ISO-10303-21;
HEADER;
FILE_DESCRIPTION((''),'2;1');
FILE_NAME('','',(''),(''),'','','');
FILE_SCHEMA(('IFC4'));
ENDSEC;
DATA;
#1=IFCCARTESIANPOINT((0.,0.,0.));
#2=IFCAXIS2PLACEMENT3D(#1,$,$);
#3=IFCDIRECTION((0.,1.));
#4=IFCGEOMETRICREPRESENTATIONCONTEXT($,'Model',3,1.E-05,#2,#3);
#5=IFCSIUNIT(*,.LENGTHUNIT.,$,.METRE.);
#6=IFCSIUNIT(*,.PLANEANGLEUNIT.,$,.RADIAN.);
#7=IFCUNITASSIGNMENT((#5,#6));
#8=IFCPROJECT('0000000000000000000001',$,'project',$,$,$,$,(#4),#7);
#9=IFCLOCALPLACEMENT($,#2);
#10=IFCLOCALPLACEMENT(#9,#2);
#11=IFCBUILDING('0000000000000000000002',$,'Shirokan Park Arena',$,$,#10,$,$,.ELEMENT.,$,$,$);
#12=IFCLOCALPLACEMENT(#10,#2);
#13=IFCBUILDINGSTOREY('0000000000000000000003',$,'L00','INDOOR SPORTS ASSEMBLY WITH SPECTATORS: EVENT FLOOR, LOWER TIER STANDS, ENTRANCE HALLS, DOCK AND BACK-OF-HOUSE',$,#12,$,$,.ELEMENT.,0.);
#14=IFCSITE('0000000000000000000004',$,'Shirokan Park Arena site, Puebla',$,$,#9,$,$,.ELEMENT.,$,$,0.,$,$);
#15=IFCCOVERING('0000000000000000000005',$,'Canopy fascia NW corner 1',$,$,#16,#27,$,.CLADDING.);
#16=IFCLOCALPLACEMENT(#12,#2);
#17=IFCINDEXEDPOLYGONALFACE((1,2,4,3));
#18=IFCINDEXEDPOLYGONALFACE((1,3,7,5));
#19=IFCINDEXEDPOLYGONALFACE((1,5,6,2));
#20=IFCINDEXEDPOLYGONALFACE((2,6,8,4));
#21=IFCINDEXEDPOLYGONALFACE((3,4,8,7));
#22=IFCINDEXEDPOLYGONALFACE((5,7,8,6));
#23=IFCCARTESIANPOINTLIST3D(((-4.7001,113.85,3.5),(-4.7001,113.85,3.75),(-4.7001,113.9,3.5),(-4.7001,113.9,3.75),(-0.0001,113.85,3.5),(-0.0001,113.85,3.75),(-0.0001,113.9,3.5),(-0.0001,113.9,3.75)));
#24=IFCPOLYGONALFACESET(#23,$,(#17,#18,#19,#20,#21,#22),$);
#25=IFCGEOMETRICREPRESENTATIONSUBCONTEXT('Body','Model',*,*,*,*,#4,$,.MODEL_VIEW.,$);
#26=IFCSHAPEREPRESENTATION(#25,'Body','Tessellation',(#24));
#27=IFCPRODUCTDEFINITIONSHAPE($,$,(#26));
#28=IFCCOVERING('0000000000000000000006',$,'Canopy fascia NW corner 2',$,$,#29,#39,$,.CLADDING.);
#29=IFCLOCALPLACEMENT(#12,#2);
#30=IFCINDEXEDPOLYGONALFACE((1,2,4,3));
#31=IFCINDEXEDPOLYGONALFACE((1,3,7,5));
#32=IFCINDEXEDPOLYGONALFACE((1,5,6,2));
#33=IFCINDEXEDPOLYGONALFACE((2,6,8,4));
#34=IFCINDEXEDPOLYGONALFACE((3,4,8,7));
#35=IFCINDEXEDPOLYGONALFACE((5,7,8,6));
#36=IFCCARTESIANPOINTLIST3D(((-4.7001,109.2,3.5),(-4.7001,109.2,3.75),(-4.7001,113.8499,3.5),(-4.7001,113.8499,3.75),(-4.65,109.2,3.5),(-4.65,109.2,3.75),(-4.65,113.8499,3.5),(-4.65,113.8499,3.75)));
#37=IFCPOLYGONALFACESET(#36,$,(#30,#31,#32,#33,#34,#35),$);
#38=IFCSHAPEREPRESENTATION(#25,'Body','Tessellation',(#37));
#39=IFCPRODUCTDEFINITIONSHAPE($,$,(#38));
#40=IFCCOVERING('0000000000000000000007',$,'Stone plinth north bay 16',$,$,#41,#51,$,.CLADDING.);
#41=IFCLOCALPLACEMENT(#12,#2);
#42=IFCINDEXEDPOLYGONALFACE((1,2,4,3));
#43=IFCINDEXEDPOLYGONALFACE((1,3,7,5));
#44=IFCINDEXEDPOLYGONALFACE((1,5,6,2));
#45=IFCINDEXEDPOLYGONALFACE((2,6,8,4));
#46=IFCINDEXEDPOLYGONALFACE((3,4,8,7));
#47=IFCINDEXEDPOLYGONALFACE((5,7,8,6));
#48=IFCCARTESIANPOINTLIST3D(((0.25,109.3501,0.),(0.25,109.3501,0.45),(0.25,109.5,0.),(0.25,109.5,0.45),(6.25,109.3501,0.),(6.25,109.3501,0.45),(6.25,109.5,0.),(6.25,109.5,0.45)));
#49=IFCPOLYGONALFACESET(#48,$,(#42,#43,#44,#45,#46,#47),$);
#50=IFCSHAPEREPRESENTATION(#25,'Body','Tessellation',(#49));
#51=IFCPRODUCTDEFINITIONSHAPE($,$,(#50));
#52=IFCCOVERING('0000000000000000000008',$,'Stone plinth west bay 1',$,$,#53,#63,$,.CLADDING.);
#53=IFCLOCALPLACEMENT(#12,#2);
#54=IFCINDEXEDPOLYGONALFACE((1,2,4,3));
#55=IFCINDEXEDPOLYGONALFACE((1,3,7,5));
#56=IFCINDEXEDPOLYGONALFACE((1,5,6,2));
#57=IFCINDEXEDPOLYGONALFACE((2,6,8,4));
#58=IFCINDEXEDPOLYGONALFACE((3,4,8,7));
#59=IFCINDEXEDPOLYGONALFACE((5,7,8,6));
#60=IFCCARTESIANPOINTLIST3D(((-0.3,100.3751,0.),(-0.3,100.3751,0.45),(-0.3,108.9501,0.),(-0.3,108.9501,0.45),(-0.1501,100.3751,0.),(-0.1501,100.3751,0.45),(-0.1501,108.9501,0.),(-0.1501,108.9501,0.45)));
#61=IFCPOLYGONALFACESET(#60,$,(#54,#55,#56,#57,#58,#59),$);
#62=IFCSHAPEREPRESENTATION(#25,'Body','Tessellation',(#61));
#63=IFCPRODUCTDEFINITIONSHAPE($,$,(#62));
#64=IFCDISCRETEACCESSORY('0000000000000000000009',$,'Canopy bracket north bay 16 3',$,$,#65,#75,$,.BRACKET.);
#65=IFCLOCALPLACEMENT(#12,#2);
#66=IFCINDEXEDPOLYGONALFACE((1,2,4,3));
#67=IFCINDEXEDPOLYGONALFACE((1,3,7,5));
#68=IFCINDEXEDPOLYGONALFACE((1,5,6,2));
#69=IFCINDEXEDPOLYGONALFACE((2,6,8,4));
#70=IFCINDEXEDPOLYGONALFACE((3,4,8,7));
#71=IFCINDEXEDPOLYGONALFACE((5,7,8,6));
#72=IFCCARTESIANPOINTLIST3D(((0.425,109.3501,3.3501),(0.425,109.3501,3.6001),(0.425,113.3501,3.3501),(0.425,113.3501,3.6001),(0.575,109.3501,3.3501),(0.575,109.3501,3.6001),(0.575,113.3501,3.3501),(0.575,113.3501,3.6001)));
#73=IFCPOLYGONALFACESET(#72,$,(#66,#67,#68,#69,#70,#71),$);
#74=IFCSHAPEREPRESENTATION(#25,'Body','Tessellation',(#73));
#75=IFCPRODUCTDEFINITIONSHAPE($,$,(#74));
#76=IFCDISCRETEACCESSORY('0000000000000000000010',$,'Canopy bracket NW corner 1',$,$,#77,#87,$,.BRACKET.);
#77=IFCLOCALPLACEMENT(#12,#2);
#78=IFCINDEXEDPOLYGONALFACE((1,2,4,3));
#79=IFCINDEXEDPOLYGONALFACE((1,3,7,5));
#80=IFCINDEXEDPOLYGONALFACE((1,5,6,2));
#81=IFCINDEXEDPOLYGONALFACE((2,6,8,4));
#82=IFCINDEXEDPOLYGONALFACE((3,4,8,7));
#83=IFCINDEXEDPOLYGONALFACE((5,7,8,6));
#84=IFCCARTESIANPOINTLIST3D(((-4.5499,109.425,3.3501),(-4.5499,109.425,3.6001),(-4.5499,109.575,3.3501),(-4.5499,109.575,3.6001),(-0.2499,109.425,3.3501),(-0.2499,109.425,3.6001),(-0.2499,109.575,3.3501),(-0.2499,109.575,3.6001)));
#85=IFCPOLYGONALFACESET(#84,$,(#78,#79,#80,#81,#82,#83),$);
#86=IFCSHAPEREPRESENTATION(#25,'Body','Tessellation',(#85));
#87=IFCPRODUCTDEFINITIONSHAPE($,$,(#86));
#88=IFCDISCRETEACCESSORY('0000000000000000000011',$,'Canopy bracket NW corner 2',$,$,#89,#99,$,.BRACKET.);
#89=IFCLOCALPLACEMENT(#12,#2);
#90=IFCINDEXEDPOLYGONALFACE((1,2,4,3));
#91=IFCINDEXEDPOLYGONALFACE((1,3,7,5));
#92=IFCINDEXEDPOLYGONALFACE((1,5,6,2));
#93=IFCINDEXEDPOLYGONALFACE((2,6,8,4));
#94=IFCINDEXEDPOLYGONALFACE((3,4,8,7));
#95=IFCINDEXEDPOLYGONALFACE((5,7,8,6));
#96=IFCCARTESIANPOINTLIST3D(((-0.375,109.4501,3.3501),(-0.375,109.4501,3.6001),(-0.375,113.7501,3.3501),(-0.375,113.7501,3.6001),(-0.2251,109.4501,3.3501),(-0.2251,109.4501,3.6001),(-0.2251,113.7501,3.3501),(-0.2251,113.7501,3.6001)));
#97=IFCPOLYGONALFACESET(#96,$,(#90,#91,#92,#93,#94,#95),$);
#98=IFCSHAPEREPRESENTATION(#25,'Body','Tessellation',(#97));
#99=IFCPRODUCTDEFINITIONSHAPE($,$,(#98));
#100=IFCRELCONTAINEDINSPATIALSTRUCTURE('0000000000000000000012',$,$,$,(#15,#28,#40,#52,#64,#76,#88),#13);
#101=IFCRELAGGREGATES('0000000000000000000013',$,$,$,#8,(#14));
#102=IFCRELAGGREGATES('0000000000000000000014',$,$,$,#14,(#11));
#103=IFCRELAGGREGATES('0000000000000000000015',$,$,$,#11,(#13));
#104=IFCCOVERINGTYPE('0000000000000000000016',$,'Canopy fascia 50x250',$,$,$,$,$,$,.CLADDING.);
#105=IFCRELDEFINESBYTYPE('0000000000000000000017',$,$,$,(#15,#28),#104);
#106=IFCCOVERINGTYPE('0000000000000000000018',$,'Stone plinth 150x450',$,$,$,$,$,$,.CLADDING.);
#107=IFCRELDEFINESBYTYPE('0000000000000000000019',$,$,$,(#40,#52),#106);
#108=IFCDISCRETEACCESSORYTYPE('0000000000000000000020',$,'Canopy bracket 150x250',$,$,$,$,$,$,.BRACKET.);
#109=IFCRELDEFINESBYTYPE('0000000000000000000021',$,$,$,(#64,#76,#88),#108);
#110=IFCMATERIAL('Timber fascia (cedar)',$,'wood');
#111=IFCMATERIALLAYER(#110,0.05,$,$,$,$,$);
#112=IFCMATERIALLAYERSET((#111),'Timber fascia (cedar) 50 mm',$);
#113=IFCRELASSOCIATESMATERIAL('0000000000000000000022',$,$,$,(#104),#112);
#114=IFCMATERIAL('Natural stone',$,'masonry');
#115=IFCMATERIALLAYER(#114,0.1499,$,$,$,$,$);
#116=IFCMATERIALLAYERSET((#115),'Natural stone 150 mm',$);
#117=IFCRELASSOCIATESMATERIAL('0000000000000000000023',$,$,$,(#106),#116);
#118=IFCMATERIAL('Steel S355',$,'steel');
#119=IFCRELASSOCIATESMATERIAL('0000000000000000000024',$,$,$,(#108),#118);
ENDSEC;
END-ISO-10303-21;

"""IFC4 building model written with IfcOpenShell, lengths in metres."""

from ifc_helpers import new_model, si_unit, direction, frame, origin, origin_2d, place, context, subcontext, project, spatial, rectangle, extrude, material, layer, layer_set, type_object, element, save


model = new_model("IFC4")

# Units and contexts
model_context = context("Model", 3, precision=1e-05, world=origin(), true_north=direction((0.0, 1.0)))
body_context = subcontext(model_context, "Body", "Model", "MODEL_VIEW")
ifc_project = project(units=[si_unit("LENGTHUNIT", "METRE"), si_unit("PLANEANGLEUNIT", "RADIAN")], contexts=[model_context])

# Site, building, storey
site_placement = place(None, origin())
site = spatial("IfcSite", under=ifc_project, at=site_placement, Name="Shirokan Park Arena site, Puebla", CompositionType="ELEMENT", RefElevation=0.0)
building_placement = place(site_placement, origin())
building = spatial("IfcBuilding", under=site, at=building_placement, Name="Shirokan Park Arena", CompositionType="ELEMENT")
storey_placement = place(building_placement, origin())
storey = spatial("IfcBuildingStorey", under=building, at=storey_placement, Name="L00", Description="INDOOR SPORTS ASSEMBLY WITH SPECTATORS: EVENT FLOOR, LOWER TIER STANDS, ENTRANCE HALLS, DOCK AND BACK-OF-HOUSE", CompositionType="ELEMENT", Elevation=0.0)

# Shared definitions
ifc_material_1 = material(Name="Steel S355", Category="steel")

# Coverings
ifc_material_2 = material(Name="Timber fascia (cedar)", Category="wood")
ifc_layer_1 = layer(ifc_material_2, 0.05)
ifc_layer_set_1 = layer_set([ifc_layer_1], Name="Timber fascia (cedar) 50 mm")
covering_type_1 = type_object("IfcCoveringType", Name="Canopy fascia 50x250", PredefinedType="CLADDING", material=ifc_layer_set_1)
covering_1_placement = place(storey_placement, frame((-2.3501, 113.875, 3.5), z_axis=(0.0, 0.0, 1.0), x_axis=(1.0, 0.0, 0.0)))
element("IfcCovering", 1, at=covering_1_placement, inside=storey, type_object=covering_type_1, Name="Canopy fascia NW corner 1", PredefinedType="CLADDING", context=body_context, shape_type="SweptSolid", body=[
    extrude(rectangle(XDim=4.7, YDim=0.05, at=origin_2d()), origin(), (0.0, 0.0, 1.0), 0.25),
])
covering_2_placement = place(storey_placement, frame((-4.675, 111.5249, 3.5), z_axis=(0.0, 0.0, 1.0), x_axis=(1.0, 0.0, 0.0)))
element("IfcCovering", 2, at=covering_2_placement, inside=storey, type_object=covering_type_1, Name="Canopy fascia NW corner 2", PredefinedType="CLADDING", context=body_context, shape_type="SweptSolid", body=[
    extrude(rectangle(XDim=0.05, YDim=4.6499, at=origin_2d()), origin(), (0.0, 0.0, 1.0), 0.25),
])

# Coverings
ifc_material_3 = material(Name="Natural stone", Category="masonry")
ifc_layer_2 = layer(ifc_material_3, 0.1499)
ifc_layer_set_2 = layer_set([ifc_layer_2], Name="Natural stone 150 mm")
covering_type_2 = type_object("IfcCoveringType", Name="Stone plinth 150x450", PredefinedType="CLADDING", material=ifc_layer_set_2)
covering_3_placement = place(storey_placement, frame((3.25, 109.425, 0.0), z_axis=(0.0, 0.0, 1.0), x_axis=(-1.0, 0.0, 0.0)))
element("IfcCovering", 3, at=covering_3_placement, inside=storey, type_object=covering_type_2, Name="Stone plinth north bay 16", PredefinedType="CLADDING", context=body_context, shape_type="SweptSolid", body=[
    extrude(rectangle(XDim=6.0, YDim=0.1499, at=origin_2d()), origin(), (0.0, 0.0, 1.0), 0.45),
])
covering_4_placement = place(storey_placement, frame((-0.2251, 104.6626, 0.0), z_axis=(0.0, 0.0, 1.0), x_axis=(0.0, -1.0, 0.0)))
element("IfcCovering", 4, at=covering_4_placement, inside=storey, type_object=covering_type_2, Name="Stone plinth west bay 1", PredefinedType="CLADDING", context=body_context, shape_type="SweptSolid", body=[
    extrude(rectangle(XDim=8.575, YDim=0.1499, at=origin_2d()), origin(), (0.0, 0.0, 1.0), 0.45),
])

# Discrete accessories
discrete_accessory_type = type_object("IfcDiscreteAccessoryType", Name="Canopy bracket 150x250", PredefinedType="BRACKET", material=ifc_material_1)
discrete_accessory_1_placement = place(storey_placement, frame((0.5, 111.3501, 3.3501), z_axis=(0.0, 0.0, 1.0), x_axis=(-1.0, 0.0, 0.0)))
element("IfcDiscreteAccessory", 5, at=discrete_accessory_1_placement, inside=storey, type_object=discrete_accessory_type, Name="Canopy bracket north bay 16 3", PredefinedType="BRACKET", context=body_context, shape_type="SweptSolid", body=[
    extrude(rectangle(XDim=0.1499, YDim=4.0, at=origin_2d()), origin(), (0.0, 0.0, 1.0), 0.25),
])
discrete_accessory_2_placement = place(storey_placement, frame((-2.3999, 109.5, 3.3501), z_axis=(0.0, 0.0, 1.0), x_axis=(1.0, 0.0, 0.0)))
element("IfcDiscreteAccessory", 6, at=discrete_accessory_2_placement, inside=storey, type_object=discrete_accessory_type, Name="Canopy bracket NW corner 1", PredefinedType="BRACKET", context=body_context, shape_type="SweptSolid", body=[
    extrude(rectangle(XDim=4.3, YDim=0.1499, at=origin_2d()), origin(), (0.0, 0.0, 1.0), 0.25),
])
discrete_accessory_3_placement = place(storey_placement, frame((-0.3, 111.6001, 3.3501), z_axis=(0.0, 0.0, 1.0), x_axis=(1.0, 0.0, 0.0)))
element("IfcDiscreteAccessory", 7, at=discrete_accessory_3_placement, inside=storey, type_object=discrete_accessory_type, Name="Canopy bracket NW corner 2", PredefinedType="BRACKET", context=body_context, shape_type="SweptSolid", body=[
    extrude(rectangle(XDim=0.1499, YDim=4.3, at=origin_2d()), origin(), (0.0, 0.0, 1.0), 0.25),
])

save(model, "model.ifc")
